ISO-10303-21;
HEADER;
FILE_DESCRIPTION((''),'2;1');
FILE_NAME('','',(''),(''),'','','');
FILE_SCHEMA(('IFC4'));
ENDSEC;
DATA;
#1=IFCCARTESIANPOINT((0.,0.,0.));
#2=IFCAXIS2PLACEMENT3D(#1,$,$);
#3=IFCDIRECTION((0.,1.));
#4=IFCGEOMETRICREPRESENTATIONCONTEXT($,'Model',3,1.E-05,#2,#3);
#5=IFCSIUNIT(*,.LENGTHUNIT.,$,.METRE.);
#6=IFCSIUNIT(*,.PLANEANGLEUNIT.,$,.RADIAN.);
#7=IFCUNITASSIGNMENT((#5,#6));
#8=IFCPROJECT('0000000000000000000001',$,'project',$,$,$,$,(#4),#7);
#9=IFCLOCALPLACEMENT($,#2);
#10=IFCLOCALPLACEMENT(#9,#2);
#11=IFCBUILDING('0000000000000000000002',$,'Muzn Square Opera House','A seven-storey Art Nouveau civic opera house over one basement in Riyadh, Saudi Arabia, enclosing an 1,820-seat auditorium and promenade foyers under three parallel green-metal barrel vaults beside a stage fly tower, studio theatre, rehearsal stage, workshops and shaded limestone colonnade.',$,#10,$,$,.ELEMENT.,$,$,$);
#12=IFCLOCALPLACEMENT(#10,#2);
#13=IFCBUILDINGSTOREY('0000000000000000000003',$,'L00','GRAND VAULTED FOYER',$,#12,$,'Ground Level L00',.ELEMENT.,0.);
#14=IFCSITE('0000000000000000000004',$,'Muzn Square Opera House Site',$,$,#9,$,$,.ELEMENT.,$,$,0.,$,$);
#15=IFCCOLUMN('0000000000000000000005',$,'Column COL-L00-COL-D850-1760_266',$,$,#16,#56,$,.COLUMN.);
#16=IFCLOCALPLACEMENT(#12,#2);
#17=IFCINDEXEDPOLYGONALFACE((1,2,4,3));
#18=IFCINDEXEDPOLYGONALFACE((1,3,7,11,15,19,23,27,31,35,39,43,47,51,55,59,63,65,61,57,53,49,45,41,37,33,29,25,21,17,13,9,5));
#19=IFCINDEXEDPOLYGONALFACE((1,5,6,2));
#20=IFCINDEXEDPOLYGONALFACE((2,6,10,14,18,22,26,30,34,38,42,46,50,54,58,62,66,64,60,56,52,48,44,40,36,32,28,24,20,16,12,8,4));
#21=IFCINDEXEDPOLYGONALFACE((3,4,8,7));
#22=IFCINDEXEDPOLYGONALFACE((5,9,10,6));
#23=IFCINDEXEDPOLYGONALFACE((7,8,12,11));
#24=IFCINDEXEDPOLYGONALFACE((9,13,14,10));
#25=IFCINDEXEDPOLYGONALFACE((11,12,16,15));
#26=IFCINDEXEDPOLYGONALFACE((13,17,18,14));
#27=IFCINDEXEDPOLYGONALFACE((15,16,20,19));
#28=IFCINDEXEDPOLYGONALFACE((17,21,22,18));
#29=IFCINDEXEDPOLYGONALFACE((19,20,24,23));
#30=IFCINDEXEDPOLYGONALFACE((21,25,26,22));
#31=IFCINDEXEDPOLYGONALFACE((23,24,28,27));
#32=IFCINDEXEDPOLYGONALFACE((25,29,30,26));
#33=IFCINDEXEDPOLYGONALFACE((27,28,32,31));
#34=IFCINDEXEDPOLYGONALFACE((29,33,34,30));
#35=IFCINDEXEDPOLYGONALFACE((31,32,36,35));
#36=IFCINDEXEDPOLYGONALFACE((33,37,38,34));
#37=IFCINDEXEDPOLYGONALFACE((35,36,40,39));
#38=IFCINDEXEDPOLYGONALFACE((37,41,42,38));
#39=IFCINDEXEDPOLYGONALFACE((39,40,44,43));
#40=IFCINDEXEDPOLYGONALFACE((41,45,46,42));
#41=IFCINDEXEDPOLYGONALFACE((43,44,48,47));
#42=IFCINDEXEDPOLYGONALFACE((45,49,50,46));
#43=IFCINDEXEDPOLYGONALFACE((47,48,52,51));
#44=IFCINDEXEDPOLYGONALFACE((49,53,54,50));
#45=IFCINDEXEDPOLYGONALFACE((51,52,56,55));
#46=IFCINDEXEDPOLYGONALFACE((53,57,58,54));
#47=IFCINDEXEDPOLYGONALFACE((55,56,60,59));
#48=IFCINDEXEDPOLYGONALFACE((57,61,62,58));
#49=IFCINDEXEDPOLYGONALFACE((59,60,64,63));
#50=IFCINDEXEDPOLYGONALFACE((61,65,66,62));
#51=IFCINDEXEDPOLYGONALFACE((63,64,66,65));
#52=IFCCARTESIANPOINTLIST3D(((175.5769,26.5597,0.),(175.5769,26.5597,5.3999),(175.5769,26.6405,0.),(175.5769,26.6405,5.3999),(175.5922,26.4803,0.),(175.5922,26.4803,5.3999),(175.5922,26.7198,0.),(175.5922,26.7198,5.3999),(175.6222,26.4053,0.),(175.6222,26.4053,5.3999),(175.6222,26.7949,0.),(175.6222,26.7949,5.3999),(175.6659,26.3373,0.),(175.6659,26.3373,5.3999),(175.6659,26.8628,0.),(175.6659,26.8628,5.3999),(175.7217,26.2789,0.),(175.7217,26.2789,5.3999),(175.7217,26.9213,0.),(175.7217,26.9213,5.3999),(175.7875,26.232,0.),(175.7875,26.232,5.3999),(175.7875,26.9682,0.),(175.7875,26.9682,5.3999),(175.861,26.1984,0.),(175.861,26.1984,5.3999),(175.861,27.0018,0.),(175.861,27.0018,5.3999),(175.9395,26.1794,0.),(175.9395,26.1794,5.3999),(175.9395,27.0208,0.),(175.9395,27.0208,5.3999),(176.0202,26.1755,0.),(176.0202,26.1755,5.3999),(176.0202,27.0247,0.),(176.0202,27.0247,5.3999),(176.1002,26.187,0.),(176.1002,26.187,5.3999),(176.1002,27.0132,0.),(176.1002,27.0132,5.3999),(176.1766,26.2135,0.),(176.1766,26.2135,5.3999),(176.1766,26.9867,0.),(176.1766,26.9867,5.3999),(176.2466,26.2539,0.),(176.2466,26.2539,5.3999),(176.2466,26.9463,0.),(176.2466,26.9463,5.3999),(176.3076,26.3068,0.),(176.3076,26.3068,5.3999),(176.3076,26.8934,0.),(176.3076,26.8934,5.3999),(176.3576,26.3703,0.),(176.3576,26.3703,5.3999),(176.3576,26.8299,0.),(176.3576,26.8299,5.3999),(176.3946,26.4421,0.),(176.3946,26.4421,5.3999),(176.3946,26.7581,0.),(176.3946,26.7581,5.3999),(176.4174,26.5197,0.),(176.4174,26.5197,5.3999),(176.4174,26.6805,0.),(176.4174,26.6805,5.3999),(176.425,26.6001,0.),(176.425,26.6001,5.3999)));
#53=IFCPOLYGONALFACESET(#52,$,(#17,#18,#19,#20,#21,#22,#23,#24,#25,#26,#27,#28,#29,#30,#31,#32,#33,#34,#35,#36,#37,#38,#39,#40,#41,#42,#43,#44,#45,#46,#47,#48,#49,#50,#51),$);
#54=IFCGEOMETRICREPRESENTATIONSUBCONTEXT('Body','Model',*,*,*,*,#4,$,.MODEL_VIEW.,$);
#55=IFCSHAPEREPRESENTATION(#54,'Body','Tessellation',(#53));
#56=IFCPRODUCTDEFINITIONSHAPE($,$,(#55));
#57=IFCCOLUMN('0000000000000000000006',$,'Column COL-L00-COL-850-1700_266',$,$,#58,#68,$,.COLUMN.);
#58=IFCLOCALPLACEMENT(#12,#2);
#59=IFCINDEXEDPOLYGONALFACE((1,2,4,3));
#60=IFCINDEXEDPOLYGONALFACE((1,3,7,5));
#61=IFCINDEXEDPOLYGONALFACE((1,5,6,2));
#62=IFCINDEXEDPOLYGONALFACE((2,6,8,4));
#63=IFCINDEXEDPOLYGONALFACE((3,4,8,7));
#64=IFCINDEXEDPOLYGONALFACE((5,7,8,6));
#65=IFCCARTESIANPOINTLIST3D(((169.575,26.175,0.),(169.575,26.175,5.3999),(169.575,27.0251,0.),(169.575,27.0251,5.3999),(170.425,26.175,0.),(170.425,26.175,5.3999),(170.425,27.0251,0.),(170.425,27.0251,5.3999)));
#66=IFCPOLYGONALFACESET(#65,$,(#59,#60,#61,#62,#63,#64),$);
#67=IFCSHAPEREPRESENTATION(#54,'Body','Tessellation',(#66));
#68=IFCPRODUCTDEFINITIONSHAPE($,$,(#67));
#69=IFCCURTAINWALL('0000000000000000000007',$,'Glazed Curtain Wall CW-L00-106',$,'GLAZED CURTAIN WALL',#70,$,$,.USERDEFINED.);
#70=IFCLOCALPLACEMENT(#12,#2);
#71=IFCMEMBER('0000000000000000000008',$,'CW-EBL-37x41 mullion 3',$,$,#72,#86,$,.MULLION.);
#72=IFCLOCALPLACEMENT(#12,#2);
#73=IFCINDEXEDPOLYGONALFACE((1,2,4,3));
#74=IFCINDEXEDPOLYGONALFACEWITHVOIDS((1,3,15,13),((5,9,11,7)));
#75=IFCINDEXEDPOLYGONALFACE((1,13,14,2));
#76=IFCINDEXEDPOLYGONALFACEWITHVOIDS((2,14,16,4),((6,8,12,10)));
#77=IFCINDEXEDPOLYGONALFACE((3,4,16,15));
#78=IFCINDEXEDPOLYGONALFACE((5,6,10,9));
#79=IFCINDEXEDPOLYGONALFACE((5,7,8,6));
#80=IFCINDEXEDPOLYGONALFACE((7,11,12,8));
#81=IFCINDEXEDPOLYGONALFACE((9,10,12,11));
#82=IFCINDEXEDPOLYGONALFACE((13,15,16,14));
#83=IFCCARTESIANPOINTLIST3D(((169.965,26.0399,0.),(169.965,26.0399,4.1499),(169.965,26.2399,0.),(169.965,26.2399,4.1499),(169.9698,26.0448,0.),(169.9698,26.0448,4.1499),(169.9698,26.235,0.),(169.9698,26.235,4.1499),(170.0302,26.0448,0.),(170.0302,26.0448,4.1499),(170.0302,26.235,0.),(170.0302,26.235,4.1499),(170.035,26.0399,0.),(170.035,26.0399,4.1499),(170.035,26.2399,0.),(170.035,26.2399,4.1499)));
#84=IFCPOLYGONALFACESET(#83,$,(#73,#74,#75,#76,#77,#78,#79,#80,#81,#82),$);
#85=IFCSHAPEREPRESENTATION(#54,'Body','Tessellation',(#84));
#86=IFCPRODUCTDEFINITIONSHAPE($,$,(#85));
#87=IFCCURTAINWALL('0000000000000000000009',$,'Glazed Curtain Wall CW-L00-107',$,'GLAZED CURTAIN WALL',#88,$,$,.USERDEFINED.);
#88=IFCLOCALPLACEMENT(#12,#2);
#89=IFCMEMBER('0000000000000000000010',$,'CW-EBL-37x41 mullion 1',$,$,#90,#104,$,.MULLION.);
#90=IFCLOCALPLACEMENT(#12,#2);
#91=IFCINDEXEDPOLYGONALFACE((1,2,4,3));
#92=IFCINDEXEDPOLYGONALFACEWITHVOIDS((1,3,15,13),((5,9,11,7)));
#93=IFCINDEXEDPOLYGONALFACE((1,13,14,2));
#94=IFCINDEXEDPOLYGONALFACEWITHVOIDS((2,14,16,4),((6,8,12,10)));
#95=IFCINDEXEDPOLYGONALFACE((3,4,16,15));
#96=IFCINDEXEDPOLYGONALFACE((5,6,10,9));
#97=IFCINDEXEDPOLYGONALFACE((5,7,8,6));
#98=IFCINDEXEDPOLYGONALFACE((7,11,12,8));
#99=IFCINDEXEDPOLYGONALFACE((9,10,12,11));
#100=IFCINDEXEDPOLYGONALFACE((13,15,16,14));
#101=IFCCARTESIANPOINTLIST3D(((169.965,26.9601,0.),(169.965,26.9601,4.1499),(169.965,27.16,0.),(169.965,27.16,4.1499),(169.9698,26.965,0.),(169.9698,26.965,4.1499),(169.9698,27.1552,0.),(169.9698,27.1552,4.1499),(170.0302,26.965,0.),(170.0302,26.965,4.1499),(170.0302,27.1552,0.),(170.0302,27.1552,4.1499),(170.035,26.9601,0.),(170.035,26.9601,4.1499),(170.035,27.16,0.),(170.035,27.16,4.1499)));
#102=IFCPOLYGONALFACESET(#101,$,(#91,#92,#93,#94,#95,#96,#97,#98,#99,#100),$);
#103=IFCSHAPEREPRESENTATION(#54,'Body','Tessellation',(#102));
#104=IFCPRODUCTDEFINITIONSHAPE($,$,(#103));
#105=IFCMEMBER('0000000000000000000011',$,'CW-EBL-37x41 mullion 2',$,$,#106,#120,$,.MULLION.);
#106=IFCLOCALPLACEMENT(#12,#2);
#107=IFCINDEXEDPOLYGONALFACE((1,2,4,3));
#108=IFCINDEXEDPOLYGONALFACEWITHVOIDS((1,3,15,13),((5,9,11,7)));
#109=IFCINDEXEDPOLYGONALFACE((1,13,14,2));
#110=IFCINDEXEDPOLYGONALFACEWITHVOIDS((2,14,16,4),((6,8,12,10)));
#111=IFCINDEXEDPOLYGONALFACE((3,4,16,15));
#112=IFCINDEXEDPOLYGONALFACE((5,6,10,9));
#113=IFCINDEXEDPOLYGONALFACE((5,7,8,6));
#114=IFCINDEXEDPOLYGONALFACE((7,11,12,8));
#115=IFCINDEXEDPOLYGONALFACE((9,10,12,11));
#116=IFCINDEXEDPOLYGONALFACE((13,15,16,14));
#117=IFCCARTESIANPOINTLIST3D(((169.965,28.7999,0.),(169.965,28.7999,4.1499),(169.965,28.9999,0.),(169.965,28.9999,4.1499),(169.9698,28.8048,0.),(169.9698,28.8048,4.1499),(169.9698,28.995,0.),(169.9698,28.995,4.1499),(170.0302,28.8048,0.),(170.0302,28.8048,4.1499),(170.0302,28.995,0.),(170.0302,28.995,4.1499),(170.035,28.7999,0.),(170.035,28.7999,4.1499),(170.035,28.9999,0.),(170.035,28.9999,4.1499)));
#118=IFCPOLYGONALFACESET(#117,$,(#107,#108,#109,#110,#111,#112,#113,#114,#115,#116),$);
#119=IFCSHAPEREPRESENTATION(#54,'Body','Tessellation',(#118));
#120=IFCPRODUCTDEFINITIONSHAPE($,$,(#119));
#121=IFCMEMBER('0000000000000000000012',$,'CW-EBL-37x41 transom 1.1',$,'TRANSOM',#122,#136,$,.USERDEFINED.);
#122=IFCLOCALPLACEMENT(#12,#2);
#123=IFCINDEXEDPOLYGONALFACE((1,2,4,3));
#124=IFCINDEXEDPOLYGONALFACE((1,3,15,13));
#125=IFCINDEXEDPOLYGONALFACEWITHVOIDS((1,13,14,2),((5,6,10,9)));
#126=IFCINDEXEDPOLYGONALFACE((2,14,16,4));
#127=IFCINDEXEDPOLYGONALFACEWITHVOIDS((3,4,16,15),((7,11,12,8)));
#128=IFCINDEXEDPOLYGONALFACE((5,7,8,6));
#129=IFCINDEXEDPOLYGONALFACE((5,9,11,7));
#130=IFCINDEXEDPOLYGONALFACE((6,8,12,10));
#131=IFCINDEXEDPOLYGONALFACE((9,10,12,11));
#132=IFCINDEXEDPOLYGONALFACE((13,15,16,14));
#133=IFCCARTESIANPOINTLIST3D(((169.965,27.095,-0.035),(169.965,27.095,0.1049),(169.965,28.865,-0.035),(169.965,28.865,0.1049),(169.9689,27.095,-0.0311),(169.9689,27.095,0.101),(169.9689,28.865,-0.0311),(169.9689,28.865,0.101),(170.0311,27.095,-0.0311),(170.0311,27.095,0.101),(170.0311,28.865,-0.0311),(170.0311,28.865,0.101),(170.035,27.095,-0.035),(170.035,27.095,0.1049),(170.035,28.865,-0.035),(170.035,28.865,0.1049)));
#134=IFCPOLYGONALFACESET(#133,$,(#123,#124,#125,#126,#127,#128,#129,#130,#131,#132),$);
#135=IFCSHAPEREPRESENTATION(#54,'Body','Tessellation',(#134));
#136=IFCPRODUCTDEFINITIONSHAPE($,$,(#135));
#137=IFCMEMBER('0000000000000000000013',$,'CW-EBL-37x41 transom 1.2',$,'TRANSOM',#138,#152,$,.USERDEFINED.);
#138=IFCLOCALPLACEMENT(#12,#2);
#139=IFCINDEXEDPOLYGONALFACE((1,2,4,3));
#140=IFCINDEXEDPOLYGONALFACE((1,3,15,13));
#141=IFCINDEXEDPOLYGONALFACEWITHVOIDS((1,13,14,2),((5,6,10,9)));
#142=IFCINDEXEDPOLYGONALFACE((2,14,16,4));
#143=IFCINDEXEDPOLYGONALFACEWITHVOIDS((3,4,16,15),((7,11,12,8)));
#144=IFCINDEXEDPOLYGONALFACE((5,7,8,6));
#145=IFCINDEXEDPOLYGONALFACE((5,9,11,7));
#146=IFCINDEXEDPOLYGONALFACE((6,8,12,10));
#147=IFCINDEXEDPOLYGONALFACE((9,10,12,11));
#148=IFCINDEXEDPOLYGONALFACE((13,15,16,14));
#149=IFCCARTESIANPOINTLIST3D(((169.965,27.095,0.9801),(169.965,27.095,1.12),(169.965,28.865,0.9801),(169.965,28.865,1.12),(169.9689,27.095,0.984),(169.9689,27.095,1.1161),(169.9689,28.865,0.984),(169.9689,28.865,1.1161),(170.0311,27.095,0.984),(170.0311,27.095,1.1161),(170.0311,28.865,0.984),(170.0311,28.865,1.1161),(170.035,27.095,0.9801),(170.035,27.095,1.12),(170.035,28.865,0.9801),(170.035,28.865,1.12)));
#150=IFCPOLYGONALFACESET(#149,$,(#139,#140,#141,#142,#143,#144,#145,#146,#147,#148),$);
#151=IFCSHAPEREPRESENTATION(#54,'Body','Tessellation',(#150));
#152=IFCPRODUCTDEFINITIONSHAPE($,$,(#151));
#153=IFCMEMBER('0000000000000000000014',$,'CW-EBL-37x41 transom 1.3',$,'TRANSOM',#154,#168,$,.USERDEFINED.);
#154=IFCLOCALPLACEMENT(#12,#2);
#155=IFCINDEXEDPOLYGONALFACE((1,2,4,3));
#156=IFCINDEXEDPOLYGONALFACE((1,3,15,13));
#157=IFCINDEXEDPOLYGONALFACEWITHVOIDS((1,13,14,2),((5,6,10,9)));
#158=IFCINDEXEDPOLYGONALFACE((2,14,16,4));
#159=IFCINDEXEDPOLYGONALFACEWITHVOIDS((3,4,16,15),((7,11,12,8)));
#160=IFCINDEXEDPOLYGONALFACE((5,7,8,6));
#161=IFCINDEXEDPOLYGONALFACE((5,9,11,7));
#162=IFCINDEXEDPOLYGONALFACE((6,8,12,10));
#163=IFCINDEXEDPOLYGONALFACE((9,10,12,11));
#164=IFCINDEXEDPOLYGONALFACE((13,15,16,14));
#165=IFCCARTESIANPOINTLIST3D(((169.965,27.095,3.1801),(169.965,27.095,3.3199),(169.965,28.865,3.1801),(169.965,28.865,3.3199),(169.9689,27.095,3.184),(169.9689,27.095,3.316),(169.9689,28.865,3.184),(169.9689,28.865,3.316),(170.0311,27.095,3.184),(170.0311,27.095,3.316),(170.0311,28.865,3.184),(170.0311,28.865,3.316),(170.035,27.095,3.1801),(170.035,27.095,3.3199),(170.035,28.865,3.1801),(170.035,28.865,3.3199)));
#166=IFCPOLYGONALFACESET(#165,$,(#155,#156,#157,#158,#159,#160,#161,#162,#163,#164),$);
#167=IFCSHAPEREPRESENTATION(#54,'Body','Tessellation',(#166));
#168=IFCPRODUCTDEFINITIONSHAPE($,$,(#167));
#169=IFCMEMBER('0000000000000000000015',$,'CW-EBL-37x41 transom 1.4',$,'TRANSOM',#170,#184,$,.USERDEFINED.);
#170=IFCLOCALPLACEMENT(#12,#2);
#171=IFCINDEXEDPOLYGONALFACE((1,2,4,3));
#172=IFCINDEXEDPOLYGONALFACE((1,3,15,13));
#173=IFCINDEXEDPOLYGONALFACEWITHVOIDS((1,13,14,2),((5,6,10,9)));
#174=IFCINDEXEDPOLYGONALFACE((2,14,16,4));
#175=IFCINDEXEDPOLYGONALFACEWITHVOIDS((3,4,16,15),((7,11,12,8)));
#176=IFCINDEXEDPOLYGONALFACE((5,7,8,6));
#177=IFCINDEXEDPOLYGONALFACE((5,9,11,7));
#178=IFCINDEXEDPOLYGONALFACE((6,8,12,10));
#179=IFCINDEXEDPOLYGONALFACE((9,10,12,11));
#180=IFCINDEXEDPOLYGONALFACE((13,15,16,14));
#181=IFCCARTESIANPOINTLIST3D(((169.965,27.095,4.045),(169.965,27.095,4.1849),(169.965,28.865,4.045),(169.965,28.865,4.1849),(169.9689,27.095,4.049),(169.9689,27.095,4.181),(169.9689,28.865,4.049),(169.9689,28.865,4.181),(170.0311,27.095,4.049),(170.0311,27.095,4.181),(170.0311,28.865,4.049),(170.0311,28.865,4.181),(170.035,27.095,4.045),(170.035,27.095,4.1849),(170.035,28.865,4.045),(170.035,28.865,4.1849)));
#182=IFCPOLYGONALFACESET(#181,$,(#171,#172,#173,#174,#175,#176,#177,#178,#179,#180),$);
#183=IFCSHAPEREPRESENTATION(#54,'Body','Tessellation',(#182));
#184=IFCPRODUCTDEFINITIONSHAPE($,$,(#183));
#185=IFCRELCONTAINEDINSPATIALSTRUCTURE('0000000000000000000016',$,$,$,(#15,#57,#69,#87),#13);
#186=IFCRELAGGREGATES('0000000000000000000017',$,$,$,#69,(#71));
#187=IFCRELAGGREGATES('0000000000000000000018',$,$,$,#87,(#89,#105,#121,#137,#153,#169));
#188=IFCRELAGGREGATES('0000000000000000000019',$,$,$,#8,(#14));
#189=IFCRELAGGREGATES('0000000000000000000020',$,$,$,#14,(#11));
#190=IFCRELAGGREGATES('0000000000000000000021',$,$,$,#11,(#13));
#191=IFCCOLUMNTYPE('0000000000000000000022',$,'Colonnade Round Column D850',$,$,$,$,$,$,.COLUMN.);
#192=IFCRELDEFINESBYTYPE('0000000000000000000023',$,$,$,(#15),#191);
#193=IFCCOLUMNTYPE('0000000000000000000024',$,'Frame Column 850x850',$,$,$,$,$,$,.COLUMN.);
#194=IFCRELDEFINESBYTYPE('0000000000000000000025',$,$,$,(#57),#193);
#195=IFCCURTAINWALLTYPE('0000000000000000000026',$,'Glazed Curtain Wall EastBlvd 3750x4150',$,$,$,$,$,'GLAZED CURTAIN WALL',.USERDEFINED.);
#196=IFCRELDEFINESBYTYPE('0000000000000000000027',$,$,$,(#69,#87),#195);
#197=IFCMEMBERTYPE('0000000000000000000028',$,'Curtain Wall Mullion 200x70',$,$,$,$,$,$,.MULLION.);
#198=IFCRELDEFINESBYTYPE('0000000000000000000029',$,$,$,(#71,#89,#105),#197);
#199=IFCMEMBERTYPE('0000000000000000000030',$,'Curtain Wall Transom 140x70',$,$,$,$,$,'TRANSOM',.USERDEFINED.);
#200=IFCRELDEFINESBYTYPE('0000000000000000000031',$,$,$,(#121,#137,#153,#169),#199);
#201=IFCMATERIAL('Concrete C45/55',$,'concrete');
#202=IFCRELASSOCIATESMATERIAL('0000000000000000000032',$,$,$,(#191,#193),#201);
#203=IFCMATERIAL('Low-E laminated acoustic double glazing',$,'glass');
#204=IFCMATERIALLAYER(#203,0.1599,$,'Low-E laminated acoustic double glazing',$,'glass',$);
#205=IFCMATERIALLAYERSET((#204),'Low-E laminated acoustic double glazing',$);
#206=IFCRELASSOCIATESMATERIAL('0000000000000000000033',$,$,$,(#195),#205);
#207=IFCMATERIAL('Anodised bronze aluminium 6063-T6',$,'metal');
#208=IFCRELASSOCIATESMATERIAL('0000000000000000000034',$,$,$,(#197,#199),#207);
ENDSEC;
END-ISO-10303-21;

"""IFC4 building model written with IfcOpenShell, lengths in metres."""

from ifc_helpers import new_model, si_unit, direction, frame, origin, origin_2d, place, context, subcontext, project, spatial, rectangle, hollow_rectangle, circle, extrude, material, layer, layer_set, material_profile, profile_set, type_object, element, aggregate, save


model = new_model("IFC4")

# Units and contexts
model_context = context("Model", 3, precision=1e-05, world=origin(), true_north=direction((0.0, 1.0)))
body_context = subcontext(model_context, "Body", "Model", "MODEL_VIEW")
ifc_project = project(units=[si_unit("LENGTHUNIT", "METRE"), si_unit("PLANEANGLEUNIT", "RADIAN")], contexts=[model_context])

# Site, building, storey
site_placement = place(None, origin())
site = spatial("IfcSite", under=ifc_project, at=site_placement, Name="Muzn Square Opera House Site", CompositionType="ELEMENT", RefElevation=0.0)
building_placement = place(site_placement, origin())
building = spatial("IfcBuilding", under=site, at=building_placement, Name="Muzn Square Opera House", Description="A seven-storey Art Nouveau civic opera house over one basement in Riyadh, Saudi Arabia, enclosing an 1,820-seat auditorium and promenade foyers under three parallel green-metal barrel vaults beside a stage fly tower, studio theatre, rehearsal stage, workshops and shaded limestone colonnade.", CompositionType="ELEMENT")
storey_placement = place(building_placement, origin())
storey = spatial("IfcBuildingStorey", under=building, at=storey_placement, Name="L00", Description="GRAND VAULTED FOYER", LongName="Ground Level L00", CompositionType="ELEMENT", Elevation=0.0)

# Columns
ifc_material_1 = material(Name="Concrete C45/55", Category="concrete")
ifc_material_profile_1 = material_profile(ifc_material_1, circle(Radius=0.425, at=origin_2d()), Name="RCC D850", Category="concrete")
ifc_profile_set_1 = profile_set([ifc_material_profile_1], Name="Concrete C45/55")
column_type_1 = type_object("IfcColumnType", Name="Colonnade Round Column D850", PredefinedType="COLUMN", material=ifc_profile_set_1)
column_1_placement = place(storey_placement, frame((176.0, 26.6001, 0.0), z_axis=(0.0, 0.0, 1.0), x_axis=(1.0, 0.0, 0.0)))
element("IfcColumn", 1, at=column_1_placement, inside=storey, type_object=column_type_1, Name="Column COL-L00-COL-D850-1760_266", PredefinedType="COLUMN", context=body_context, shape_type="SweptSolid", body=[
    extrude(circle(Radius=0.425, at=origin_2d()), origin(), (0.0, 0.0, 1.0), 5.3999),
])
ifc_material_profile_2 = material_profile(ifc_material_1, rectangle(XDim=0.8501, YDim=0.8501, at=origin_2d()), Name="RC 850x850", Category="concrete")
ifc_profile_set_2 = profile_set([ifc_material_profile_2], Name="Concrete C45/55")
column_type_2 = type_object("IfcColumnType", Name="Frame Column 850x850", PredefinedType="COLUMN", material=ifc_profile_set_2)
column_2_placement = place(storey_placement, frame((170.0, 26.6001, 0.0), z_axis=(0.0, 0.0, 1.0), x_axis=(1.0, 0.0, 0.0)))
element("IfcColumn", 2, at=column_2_placement, inside=storey, type_object=column_type_2, Name="Column COL-L00-COL-850-1700_266", PredefinedType="COLUMN", context=body_context, shape_type="SweptSolid", body=[
    extrude(rectangle(XDim=0.8501, YDim=0.8501, at=origin_2d()), origin(), (0.0, 0.0, 1.0), 5.3999),
])

# Curtain wall, member
ifc_material_2 = material(Name="Low-E laminated acoustic double glazing", Category="glass")
ifc_layer_1 = layer(ifc_material_2, 0.1599, Name="Low-E laminated acoustic double glazing", Category="glass")
ifc_layer_set_1 = layer_set([ifc_layer_1], Name="Low-E laminated acoustic double glazing")
curtain_wall_type = type_object("IfcCurtainWallType", Name="Glazed Curtain Wall EastBlvd 3750x4150", ElementType="GLAZED CURTAIN WALL", PredefinedType="USERDEFINED", material=ifc_layer_set_1)
curtain_wall_1_placement = place(storey_placement, origin())
curtain_wall_1 = element("IfcCurtainWall", 3, at=curtain_wall_1_placement, inside=storey, type_object=curtain_wall_type, Name="Glazed Curtain Wall CW-L00-106", ObjectType="GLAZED CURTAIN WALL", PredefinedType="USERDEFINED")
ifc_material_3 = material(Name="Anodised bronze aluminium 6063-T6", Category="metal")
ifc_material_profile_3 = material_profile(ifc_material_3, hollow_rectangle(XDim=0.0701, YDim=0.2, WallThickness=0.0049, at=origin_2d()), Name="ALU 200x70x5", Category="metal")
ifc_profile_set_3 = profile_set([ifc_material_profile_3], Name="Anodised bronze aluminium 6063-T6")
member_type_1 = type_object("IfcMemberType", Name="Curtain Wall Mullion 200x70", PredefinedType="MULLION", material=ifc_profile_set_3)
member_1_placement = place(storey_placement, frame((170.0, 26.1399, 0.0), z_axis=(0.0, 0.0, 1.0), x_axis=(-1.0, 0.0, 0.0)))
member_1 = element("IfcMember", 4, at=member_1_placement, type_object=member_type_1, Name="CW-EBL-37x41 mullion 3", PredefinedType="MULLION", context=body_context, shape_type="SweptSolid", body=[
    extrude(hollow_rectangle(XDim=0.0701, YDim=0.2, WallThickness=0.0049, at=origin_2d()), origin(), (0.0, 0.0, 1.0), 4.1499),
])

# Curtain wall, members
curtain_wall_2_placement = place(storey_placement, origin())
curtain_wall_2 = element("IfcCurtainWall", 5, at=curtain_wall_2_placement, inside=storey, type_object=curtain_wall_type, Name="Glazed Curtain Wall CW-L00-107", ObjectType="GLAZED CURTAIN WALL", PredefinedType="USERDEFINED")
member_2_placement = place(storey_placement, frame((170.0, 27.0601, 0.0), z_axis=(0.0, 0.0, 1.0), x_axis=(-1.0, 0.0, 0.0)))
member_2 = element("IfcMember", 6, at=member_2_placement, type_object=member_type_1, Name="CW-EBL-37x41 mullion 1", PredefinedType="MULLION", context=body_context, shape_type="SweptSolid", body=[
    extrude(hollow_rectangle(XDim=0.0701, YDim=0.2, WallThickness=0.0049, at=origin_2d()), origin(), (0.0, 0.0, 1.0), 4.1499),
])
member_3_placement = place(storey_placement, frame((170.0, 28.8999, 0.0), z_axis=(0.0, 0.0, 1.0), x_axis=(-1.0, 0.0, 0.0)))
member_3 = element("IfcMember", 7, at=member_3_placement, type_object=member_type_1, Name="CW-EBL-37x41 mullion 2", PredefinedType="MULLION", context=body_context, shape_type="SweptSolid", body=[
    extrude(hollow_rectangle(XDim=0.0701, YDim=0.2, WallThickness=0.0049, at=origin_2d()), origin(), (0.0, 0.0, 1.0), 4.1499),
])
ifc_material_profile_4 = material_profile(ifc_material_3, hollow_rectangle(XDim=0.0701, YDim=0.1399, WallThickness=0.0039, at=origin_2d()), Name="ALU 140x70x4", Category="metal")
ifc_profile_set_4 = profile_set([ifc_material_profile_4], Name="Anodised bronze aluminium 6063-T6")
member_type_2 = type_object("IfcMemberType", Name="Curtain Wall Transom 140x70", ElementType="TRANSOM", PredefinedType="USERDEFINED", material=ifc_profile_set_4)
member_4_placement = place(storey_placement, frame((170.0, 27.095, 0.0349), z_axis=(0.0, 1.0, 0.0), x_axis=(-1.0, 0.0, 0.0)))
member_4 = element("IfcMember", 8, at=member_4_placement, type_object=member_type_2, Name="CW-EBL-37x41 transom 1.1", ObjectType="TRANSOM", PredefinedType="USERDEFINED", context=body_context, shape_type="SweptSolid", body=[
    extrude(hollow_rectangle(XDim=0.0701, YDim=0.1399, WallThickness=0.0039, at=origin_2d()), origin(), (0.0, 0.0, 1.0), 1.77),
])
member_5_placement = place(storey_placement, frame((170.0, 27.095, 1.05), z_axis=(0.0, 1.0, 0.0), x_axis=(-1.0, 0.0, 0.0)))
member_5 = element("IfcMember", 9, at=member_5_placement, type_object=member_type_2, Name="CW-EBL-37x41 transom 1.2", ObjectType="TRANSOM", PredefinedType="USERDEFINED", context=body_context, shape_type="SweptSolid", body=[
    extrude(hollow_rectangle(XDim=0.0701, YDim=0.1399, WallThickness=0.0039, at=origin_2d()), origin(), (0.0, 0.0, 1.0), 1.77),
])
member_6_placement = place(storey_placement, frame((170.0, 27.095, 3.25), z_axis=(0.0, 1.0, 0.0), x_axis=(-1.0, 0.0, 0.0)))
member_6 = element("IfcMember", 10, at=member_6_placement, type_object=member_type_2, Name="CW-EBL-37x41 transom 1.3", ObjectType="TRANSOM", PredefinedType="USERDEFINED", context=body_context, shape_type="SweptSolid", body=[
    extrude(hollow_rectangle(XDim=0.0701, YDim=0.1399, WallThickness=0.0039, at=origin_2d()), origin(), (0.0, 0.0, 1.0), 1.77),
])
member_7_placement = place(storey_placement, frame((170.0, 27.095, 4.115), z_axis=(0.0, 1.0, 0.0), x_axis=(-1.0, 0.0, 0.0)))
member_7 = element("IfcMember", 11, at=member_7_placement, type_object=member_type_2, Name="CW-EBL-37x41 transom 1.4", ObjectType="TRANSOM", PredefinedType="USERDEFINED", context=body_context, shape_type="SweptSolid", body=[
    extrude(hollow_rectangle(XDim=0.0701, YDim=0.1399, WallThickness=0.0039, at=origin_2d()), origin(), (0.0, 0.0, 1.0), 1.77),
])

aggregate(curtain_wall_1, [member_1])
aggregate(curtain_wall_2, [member_2, member_3, member_4, member_5, member_6, member_7])

save(model, "model.ifc")
